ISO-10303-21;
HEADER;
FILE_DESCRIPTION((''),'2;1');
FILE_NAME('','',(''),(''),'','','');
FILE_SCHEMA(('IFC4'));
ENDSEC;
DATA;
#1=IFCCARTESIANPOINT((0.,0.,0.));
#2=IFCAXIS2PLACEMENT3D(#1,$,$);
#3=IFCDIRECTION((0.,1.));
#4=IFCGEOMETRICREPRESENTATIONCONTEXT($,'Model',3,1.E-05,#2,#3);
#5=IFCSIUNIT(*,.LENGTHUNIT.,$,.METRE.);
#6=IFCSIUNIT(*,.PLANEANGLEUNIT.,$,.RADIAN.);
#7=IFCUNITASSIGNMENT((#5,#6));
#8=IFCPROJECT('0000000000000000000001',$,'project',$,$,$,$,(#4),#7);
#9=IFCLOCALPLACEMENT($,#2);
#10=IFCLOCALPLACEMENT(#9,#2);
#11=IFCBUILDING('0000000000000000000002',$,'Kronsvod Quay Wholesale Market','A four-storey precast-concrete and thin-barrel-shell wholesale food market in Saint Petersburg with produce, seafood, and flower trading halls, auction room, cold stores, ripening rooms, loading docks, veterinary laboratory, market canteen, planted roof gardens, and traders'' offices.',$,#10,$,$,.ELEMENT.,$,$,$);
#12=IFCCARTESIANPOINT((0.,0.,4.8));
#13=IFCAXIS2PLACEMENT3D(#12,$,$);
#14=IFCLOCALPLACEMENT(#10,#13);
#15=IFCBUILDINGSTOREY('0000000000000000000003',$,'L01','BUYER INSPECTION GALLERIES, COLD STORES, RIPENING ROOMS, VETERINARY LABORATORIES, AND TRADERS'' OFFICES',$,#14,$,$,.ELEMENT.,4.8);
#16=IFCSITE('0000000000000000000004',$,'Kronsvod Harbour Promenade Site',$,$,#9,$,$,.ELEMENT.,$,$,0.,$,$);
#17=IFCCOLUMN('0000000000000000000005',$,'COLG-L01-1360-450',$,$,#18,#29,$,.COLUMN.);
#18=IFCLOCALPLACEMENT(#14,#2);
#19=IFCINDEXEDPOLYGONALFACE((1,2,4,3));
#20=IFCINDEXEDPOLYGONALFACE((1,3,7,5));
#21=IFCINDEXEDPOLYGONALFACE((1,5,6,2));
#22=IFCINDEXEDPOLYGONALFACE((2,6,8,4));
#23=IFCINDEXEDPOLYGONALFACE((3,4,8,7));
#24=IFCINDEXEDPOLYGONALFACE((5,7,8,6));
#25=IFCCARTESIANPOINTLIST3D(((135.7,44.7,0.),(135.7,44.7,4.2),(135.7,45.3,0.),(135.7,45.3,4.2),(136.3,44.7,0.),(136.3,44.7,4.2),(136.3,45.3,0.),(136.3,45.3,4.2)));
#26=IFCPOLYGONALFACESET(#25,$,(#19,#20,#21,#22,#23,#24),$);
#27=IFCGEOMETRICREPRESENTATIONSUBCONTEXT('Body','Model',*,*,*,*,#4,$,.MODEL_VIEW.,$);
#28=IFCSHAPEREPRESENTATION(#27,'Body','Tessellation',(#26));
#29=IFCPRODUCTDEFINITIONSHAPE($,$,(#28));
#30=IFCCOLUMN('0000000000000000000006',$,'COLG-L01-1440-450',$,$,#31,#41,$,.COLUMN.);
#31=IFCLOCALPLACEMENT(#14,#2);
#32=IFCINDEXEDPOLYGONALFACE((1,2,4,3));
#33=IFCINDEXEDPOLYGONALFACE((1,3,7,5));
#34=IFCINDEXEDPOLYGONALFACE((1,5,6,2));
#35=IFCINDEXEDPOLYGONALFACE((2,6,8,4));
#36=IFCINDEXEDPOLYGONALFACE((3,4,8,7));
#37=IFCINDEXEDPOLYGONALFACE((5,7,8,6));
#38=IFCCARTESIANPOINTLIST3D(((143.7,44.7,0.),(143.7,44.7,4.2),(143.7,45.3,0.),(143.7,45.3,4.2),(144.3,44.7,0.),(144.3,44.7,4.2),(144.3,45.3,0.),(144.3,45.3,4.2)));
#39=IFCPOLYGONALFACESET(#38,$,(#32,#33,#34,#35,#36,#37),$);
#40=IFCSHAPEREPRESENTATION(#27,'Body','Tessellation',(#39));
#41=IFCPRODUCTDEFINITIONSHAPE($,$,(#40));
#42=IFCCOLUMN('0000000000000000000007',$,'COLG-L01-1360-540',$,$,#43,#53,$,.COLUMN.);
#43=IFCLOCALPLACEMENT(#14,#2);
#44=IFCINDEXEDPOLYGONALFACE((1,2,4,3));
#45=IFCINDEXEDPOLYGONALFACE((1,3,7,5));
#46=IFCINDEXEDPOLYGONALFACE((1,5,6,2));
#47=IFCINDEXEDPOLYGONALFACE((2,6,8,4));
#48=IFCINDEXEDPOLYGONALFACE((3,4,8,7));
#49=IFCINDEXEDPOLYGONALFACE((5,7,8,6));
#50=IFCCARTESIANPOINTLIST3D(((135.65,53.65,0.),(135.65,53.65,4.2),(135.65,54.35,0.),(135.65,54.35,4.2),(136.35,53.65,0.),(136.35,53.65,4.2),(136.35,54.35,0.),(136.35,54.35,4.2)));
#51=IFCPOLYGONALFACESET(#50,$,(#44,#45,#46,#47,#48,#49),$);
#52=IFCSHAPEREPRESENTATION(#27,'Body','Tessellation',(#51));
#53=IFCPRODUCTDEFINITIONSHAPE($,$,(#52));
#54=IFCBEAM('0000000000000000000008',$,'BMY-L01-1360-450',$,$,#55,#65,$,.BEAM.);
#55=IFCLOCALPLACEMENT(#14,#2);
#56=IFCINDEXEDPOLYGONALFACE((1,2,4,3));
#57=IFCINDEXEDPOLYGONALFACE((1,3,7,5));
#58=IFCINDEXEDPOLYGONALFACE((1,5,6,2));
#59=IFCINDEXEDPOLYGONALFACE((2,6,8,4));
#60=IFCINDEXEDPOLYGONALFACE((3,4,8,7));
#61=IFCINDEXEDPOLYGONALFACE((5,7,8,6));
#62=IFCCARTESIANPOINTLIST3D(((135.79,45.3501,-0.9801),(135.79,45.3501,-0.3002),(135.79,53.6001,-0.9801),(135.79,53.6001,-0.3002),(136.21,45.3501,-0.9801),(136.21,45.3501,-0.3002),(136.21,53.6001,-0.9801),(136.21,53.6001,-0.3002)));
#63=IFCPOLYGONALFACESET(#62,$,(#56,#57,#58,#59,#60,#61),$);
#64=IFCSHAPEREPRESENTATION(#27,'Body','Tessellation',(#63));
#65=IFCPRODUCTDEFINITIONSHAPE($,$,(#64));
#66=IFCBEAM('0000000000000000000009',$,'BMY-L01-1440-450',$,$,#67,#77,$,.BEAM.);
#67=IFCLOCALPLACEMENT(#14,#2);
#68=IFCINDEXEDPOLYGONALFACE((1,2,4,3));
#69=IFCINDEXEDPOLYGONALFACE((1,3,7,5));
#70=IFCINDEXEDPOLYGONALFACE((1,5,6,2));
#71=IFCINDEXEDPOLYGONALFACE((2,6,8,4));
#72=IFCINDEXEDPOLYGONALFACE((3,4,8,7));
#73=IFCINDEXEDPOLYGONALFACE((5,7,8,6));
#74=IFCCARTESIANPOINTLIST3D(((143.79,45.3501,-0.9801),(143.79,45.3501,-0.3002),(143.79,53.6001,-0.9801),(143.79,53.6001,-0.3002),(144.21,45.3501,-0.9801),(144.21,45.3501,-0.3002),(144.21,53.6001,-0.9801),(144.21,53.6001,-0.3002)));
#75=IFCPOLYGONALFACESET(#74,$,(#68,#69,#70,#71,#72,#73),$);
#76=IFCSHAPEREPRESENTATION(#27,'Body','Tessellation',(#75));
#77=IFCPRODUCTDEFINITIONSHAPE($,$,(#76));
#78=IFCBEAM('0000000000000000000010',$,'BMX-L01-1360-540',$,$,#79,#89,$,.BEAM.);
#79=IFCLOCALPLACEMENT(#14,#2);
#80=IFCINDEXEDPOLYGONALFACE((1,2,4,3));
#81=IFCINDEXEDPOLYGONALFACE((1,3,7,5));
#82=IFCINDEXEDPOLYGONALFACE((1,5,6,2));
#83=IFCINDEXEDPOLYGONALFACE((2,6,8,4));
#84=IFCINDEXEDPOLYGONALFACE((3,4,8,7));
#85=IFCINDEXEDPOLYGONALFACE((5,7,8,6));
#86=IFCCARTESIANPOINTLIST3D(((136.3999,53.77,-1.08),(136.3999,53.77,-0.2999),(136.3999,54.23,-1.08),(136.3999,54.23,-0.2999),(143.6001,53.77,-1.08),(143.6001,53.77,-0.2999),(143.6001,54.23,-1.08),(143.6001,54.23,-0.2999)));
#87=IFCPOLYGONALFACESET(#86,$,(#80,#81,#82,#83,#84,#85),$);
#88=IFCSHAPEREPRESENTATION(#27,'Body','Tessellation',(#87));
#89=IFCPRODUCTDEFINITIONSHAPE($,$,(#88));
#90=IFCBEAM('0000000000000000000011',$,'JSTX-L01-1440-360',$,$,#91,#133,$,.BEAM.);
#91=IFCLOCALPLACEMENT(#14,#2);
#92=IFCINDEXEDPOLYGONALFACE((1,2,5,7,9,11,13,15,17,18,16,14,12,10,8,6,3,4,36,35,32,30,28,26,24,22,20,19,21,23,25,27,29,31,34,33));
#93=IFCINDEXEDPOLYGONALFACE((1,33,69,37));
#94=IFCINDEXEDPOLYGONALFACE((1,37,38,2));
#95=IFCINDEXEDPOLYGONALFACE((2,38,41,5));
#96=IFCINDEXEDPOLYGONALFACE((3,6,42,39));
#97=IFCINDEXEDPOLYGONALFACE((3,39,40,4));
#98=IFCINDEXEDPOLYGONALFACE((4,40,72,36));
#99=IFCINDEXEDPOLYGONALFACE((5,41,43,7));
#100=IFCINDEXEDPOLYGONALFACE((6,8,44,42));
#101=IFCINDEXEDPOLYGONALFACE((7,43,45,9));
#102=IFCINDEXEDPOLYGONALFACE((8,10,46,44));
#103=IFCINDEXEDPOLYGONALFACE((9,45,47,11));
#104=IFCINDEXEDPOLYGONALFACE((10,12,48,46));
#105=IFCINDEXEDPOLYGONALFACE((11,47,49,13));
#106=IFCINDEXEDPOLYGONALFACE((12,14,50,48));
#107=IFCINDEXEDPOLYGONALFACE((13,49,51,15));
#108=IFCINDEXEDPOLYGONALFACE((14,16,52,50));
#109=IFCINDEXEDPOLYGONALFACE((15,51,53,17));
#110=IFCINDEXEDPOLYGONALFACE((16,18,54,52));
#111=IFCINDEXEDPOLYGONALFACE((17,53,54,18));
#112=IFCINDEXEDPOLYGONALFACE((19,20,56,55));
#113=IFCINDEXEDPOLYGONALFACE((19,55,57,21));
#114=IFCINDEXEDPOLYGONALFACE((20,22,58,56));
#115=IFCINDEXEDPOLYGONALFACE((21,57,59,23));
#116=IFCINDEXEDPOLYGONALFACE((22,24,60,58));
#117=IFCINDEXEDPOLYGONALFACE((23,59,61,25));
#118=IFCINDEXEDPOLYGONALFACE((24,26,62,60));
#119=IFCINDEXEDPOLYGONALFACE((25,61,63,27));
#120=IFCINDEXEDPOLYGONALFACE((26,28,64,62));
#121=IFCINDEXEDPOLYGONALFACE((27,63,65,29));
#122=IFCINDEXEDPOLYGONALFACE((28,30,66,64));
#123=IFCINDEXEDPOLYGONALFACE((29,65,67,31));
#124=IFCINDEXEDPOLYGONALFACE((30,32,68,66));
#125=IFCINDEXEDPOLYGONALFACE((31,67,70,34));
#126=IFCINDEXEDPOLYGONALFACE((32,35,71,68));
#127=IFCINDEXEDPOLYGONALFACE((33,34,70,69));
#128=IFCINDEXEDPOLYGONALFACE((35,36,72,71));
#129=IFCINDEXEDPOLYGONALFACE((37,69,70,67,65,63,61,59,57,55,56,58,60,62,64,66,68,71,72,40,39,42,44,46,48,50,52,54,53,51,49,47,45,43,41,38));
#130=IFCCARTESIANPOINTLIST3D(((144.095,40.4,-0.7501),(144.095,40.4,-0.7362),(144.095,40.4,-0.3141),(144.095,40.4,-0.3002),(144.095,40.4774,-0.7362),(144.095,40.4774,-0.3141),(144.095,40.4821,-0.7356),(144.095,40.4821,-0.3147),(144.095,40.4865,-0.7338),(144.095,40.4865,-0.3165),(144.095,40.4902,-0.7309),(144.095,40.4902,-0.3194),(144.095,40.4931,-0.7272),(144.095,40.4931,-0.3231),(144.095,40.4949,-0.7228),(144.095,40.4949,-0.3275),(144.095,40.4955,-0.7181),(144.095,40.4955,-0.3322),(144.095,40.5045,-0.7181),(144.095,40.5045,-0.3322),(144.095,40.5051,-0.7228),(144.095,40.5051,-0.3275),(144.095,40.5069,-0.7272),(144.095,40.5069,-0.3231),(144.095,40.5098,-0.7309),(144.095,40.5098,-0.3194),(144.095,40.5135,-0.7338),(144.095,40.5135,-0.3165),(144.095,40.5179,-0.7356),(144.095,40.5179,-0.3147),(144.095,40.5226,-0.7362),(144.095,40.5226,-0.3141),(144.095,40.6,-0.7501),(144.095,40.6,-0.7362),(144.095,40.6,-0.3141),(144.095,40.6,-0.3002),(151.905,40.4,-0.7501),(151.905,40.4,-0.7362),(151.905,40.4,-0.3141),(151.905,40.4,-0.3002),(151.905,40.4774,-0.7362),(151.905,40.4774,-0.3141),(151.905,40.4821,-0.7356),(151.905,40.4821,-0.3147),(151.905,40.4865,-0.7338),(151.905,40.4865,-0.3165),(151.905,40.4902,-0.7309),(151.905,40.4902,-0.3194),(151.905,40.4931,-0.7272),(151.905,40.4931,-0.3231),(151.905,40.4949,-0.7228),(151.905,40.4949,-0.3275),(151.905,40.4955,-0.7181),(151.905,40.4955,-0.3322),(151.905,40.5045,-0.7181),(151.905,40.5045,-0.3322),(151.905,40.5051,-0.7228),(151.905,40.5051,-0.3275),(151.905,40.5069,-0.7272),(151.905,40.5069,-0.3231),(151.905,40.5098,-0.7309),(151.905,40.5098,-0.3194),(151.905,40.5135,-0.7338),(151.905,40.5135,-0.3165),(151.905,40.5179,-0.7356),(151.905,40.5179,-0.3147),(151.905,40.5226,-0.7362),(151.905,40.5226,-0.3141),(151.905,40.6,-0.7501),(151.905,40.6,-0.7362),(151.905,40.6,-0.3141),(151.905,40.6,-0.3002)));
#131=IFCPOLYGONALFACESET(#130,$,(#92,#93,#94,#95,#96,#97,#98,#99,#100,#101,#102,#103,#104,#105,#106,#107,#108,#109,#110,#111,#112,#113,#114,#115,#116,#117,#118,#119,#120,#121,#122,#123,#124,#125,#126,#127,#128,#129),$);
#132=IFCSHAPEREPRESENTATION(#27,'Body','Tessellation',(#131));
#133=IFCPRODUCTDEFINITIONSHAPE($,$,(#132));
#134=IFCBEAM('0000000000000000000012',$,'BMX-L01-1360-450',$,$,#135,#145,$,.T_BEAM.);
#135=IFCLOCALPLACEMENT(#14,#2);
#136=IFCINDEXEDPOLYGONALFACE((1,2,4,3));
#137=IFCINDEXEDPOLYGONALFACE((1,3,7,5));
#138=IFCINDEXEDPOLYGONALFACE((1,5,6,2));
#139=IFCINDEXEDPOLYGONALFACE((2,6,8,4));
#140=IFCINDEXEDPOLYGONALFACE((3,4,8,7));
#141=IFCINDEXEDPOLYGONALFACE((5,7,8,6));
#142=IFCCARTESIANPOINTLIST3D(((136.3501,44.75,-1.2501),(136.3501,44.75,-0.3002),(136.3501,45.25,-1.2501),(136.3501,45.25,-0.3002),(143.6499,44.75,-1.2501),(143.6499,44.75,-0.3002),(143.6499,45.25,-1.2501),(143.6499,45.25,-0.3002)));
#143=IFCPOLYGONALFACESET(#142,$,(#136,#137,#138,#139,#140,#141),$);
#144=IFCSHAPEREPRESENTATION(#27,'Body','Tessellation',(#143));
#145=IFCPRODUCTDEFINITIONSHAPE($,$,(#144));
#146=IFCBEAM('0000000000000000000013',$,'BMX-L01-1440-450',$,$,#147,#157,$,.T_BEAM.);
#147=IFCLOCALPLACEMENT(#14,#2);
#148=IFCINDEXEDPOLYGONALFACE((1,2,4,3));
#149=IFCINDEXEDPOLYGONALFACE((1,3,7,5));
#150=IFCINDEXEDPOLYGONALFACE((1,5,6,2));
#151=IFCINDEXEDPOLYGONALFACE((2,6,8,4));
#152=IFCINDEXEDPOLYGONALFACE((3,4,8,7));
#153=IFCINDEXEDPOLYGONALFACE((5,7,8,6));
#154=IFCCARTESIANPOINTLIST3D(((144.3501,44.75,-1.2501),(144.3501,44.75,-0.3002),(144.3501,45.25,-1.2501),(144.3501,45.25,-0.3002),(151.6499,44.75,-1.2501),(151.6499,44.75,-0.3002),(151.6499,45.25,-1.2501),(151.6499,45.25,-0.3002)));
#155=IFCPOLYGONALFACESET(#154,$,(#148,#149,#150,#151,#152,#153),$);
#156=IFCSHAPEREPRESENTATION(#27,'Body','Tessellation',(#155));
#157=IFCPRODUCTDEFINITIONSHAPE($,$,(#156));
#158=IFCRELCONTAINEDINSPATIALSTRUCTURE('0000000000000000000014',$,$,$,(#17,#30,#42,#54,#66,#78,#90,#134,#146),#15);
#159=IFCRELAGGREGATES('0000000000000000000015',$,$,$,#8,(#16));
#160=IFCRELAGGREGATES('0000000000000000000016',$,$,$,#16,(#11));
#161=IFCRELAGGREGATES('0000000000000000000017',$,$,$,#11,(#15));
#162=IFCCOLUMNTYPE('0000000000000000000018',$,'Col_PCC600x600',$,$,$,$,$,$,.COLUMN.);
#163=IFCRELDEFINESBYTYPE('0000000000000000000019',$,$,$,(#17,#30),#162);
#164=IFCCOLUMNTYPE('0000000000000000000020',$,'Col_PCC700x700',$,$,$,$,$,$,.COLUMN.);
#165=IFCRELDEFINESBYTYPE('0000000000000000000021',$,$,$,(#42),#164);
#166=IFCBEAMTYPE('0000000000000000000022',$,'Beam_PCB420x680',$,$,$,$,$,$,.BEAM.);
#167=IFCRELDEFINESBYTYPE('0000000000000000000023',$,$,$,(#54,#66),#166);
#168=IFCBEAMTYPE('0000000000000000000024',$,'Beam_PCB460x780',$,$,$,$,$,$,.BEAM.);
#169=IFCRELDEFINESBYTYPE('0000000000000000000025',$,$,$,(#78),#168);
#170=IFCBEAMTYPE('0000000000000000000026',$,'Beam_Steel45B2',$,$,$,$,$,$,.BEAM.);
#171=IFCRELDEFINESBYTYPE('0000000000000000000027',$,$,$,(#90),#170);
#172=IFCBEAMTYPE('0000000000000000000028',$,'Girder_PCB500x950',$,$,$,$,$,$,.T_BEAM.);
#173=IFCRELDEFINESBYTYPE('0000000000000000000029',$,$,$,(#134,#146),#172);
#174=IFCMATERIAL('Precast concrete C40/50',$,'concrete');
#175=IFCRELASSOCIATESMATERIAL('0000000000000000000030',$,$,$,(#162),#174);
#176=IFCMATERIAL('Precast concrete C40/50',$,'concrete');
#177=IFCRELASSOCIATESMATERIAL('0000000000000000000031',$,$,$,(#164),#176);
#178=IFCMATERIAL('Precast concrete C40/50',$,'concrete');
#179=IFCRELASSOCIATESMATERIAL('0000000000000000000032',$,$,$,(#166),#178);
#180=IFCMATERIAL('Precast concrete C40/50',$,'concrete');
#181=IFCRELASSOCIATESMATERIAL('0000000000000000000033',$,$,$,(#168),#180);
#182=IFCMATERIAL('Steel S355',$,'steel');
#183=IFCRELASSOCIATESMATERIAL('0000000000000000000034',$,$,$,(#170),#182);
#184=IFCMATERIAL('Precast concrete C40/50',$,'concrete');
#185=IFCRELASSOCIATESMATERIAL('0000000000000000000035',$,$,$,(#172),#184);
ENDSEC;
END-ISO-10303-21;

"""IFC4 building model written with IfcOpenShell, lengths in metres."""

from ifc_helpers import new_model, si_unit, direction, frame, origin, origin_2d, place, context, subcontext, project, spatial, rectangle, i_section, extrude, material, material_profile, profile_set, type_object, element, save


model = new_model("IFC4")

# Units and contexts
model_context = context("Model", 3, precision=1e-05, world=origin(), true_north=direction((0.0, 1.0)))
body_context = subcontext(model_context, "Body", "Model", "MODEL_VIEW")
ifc_project = project(units=[si_unit("LENGTHUNIT", "METRE"), si_unit("PLANEANGLEUNIT", "RADIAN")], contexts=[model_context])

# Site, building, storey
site_placement = place(None, origin())
site = spatial("IfcSite", under=ifc_project, at=site_placement, Name="Kronsvod Harbour Promenade Site", CompositionType="ELEMENT", RefElevation=0.0)
building_placement = place(site_placement, origin())
building = spatial("IfcBuilding", under=site, at=building_placement, Name="Kronsvod Quay Wholesale Market", Description="A four-storey precast-concrete and thin-barrel-shell wholesale food market in Saint Petersburg with produce, seafood, and flower trading halls, auction room, cold stores, ripening rooms, loading docks, veterinary laboratory, market canteen, planted roof gardens, and traders' offices.", CompositionType="ELEMENT")
storey_placement = place(building_placement, frame((0.0, 0.0, 4.8)))
storey = spatial("IfcBuildingStorey", under=building, at=storey_placement, Name="L01", Description="BUYER INSPECTION GALLERIES, COLD STORES, RIPENING ROOMS, VETERINARY LABORATORIES, AND TRADERS' OFFICES", CompositionType="ELEMENT", Elevation=4.8)

# Columns
ifc_material_1 = material(Name="Precast concrete C40/50", Category="concrete")
ifc_material_profile_1 = material_profile(ifc_material_1, rectangle(XDim=0.6001, YDim=0.6001, at=origin_2d()), Name="PCC600x600")
ifc_profile_set_1 = profile_set([ifc_material_profile_1], Name="Precast concrete C40/50")
column_type_1 = type_object("IfcColumnType", Name="Col_PCC600x600", PredefinedType="COLUMN", material=ifc_profile_set_1)
for number, where, z_axis, x_axis, name in (
    (1, (136.0, 45.0, 0.0), (0.0, 0.0, 1.0), (1.0, 0.0, 0.0), "COLG-L01-1360-450"),
    (2, (144.0, 45.0, 0.0), (0.0, 0.0, 1.0), (1.0, 0.0, 0.0), "COLG-L01-1440-450"),
):
    element("IfcColumn", number, at=place(storey_placement, frame(where, z_axis=z_axis, x_axis=x_axis)), inside=storey, type_object=column_type_1, Name=name, PredefinedType="COLUMN", context=body_context, shape_type="SweptSolid", body=[
        extrude(rectangle(XDim=0.6001, YDim=0.6001, at=origin_2d()), origin(), (0.0, 0.0, 1.0), 4.2),
    ])
ifc_material_2 = material(Name="Precast concrete C40/50", Category="concrete")
ifc_material_profile_2 = material_profile(ifc_material_2, rectangle(XDim=0.7, YDim=0.7, at=origin_2d()), Name="PCC700x700")
ifc_profile_set_2 = profile_set([ifc_material_profile_2], Name="Precast concrete C40/50")
column_type_2 = type_object("IfcColumnType", Name="Col_PCC700x700", PredefinedType="COLUMN", material=ifc_profile_set_2)
column_placement = place(storey_placement, frame((136.0, 54.0, 0.0), z_axis=(0.0, 0.0, 1.0), x_axis=(1.0, 0.0, 0.0)))
element("IfcColumn", 3, at=column_placement, inside=storey, type_object=column_type_2, Name="COLG-L01-1360-540", PredefinedType="COLUMN", context=body_context, shape_type="SweptSolid", body=[
    extrude(rectangle(XDim=0.7, YDim=0.7, at=origin_2d()), origin(), (0.0, 0.0, 1.0), 4.2),
])

# Beams
ifc_material_3 = material(Name="Precast concrete C40/50", Category="concrete")
ifc_material_profile_3 = material_profile(ifc_material_3, rectangle(XDim=0.4199, YDim=0.6799, at=origin_2d()), Name="PB-05")
ifc_profile_set_3 = profile_set([ifc_material_profile_3], Name="Precast concrete C40/50")
beam_type_1 = type_object("IfcBeamType", Name="Beam_PCB420x680", PredefinedType="BEAM", material=ifc_profile_set_3)
for number, where, z_axis, x_axis, name in (
    (4, (136.0, 45.3501, -0.6401), (0.0, 1.0, 0.0), (-1.0, 0.0, 0.0), "BMY-L01-1360-450"),
    (5, (144.0, 45.3501, -0.6401), (0.0, 1.0, 0.0), (-1.0, 0.0, 0.0), "BMY-L01-1440-450"),
):
    element("IfcBeam", number, at=place(storey_placement, frame(where, z_axis=z_axis, x_axis=x_axis)), inside=storey, type_object=beam_type_1, Name=name, PredefinedType="BEAM", context=body_context, shape_type="SweptSolid", body=[
        extrude(rectangle(XDim=0.4199, YDim=0.6799, at=origin_2d()), origin(), (0.0, 0.0, 1.0), 8.25),
    ])
ifc_material_4 = material(Name="Precast concrete C40/50", Category="concrete")
ifc_material_profile_4 = material_profile(ifc_material_4, rectangle(XDim=0.46, YDim=0.78, at=origin_2d()), Name="PB-03")
ifc_profile_set_4 = profile_set([ifc_material_profile_4], Name="Precast concrete C40/50")
beam_type_2 = type_object("IfcBeamType", Name="Beam_PCB460x780", PredefinedType="BEAM", material=ifc_profile_set_4)
beam_1_placement = place(storey_placement, frame((136.3999, 54.0, -0.6899), z_axis=(1.0, 0.0, 0.0), x_axis=(0.0, 1.0, 0.0)))
element("IfcBeam", 6, at=beam_1_placement, inside=storey, type_object=beam_type_2, Name="BMX-L01-1360-540", PredefinedType="BEAM", context=body_context, shape_type="SweptSolid", body=[
    extrude(rectangle(XDim=0.46, YDim=0.78, at=origin_2d()), origin(), (0.0, 0.0, 1.0), 7.2002),
])
ifc_material_5 = material(Name="Steel S355", Category="steel")
ifc_material_profile_5 = material_profile(ifc_material_5, i_section(OverallWidth=0.2, OverallDepth=0.45, WebThickness=0.009, FlangeThickness=0.0139, FilletRadius=0.0181, at=origin_2d()), Name="45B2")
ifc_profile_set_5 = profile_set([ifc_material_profile_5], Name="Steel S355")
beam_type_3 = type_object("IfcBeamType", Name="Beam_Steel45B2", PredefinedType="BEAM", material=ifc_profile_set_5)
beam_2_placement = place(storey_placement, frame((144.095, 40.5, -0.5251), z_axis=(1.0, 0.0, 0.0), x_axis=(0.0, 1.0, 0.0)))
element("IfcBeam", 7, at=beam_2_placement, inside=storey, type_object=beam_type_3, Name="JSTX-L01-1440-360", PredefinedType="BEAM", context=body_context, shape_type="SweptSolid", body=[
    extrude(i_section(OverallWidth=0.2, OverallDepth=0.45, WebThickness=0.009, FlangeThickness=0.0139, FilletRadius=0.0181, at=origin_2d()), origin(), (0.0, 0.0, 1.0), 7.8101),
])
ifc_material_6 = material(Name="Precast concrete C40/50", Category="concrete")
ifc_material_profile_6 = material_profile(ifc_material_6, rectangle(XDim=0.5, YDim=0.95, at=origin_2d()), Name="PCB500x950")
ifc_profile_set_6 = profile_set([ifc_material_profile_6], Name="Precast concrete C40/50")
beam_type_4 = type_object("IfcBeamType", Name="Girder_PCB500x950", PredefinedType="T_BEAM", material=ifc_profile_set_6)
for number, where, z_axis, x_axis, name in (
    (8, (136.3501, 45.0, -0.7751), (1.0, 0.0, 0.0), (0.0, 1.0, 0.0), "BMX-L01-1360-450"),
    (9, (144.3501, 45.0, -0.7751), (1.0, 0.0, 0.0), (0.0, 1.0, 0.0), "BMX-L01-1440-450"),
):
    element("IfcBeam", number, at=place(storey_placement, frame(where, z_axis=z_axis, x_axis=x_axis)), inside=storey, type_object=beam_type_4, Name=name, PredefinedType="T_BEAM", context=body_context, shape_type="SweptSolid", body=[
        extrude(rectangle(XDim=0.5, YDim=0.95, at=origin_2d()), origin(), (0.0, 0.0, 1.0), 7.2998),
    ])

save(model, "model.ifc")
